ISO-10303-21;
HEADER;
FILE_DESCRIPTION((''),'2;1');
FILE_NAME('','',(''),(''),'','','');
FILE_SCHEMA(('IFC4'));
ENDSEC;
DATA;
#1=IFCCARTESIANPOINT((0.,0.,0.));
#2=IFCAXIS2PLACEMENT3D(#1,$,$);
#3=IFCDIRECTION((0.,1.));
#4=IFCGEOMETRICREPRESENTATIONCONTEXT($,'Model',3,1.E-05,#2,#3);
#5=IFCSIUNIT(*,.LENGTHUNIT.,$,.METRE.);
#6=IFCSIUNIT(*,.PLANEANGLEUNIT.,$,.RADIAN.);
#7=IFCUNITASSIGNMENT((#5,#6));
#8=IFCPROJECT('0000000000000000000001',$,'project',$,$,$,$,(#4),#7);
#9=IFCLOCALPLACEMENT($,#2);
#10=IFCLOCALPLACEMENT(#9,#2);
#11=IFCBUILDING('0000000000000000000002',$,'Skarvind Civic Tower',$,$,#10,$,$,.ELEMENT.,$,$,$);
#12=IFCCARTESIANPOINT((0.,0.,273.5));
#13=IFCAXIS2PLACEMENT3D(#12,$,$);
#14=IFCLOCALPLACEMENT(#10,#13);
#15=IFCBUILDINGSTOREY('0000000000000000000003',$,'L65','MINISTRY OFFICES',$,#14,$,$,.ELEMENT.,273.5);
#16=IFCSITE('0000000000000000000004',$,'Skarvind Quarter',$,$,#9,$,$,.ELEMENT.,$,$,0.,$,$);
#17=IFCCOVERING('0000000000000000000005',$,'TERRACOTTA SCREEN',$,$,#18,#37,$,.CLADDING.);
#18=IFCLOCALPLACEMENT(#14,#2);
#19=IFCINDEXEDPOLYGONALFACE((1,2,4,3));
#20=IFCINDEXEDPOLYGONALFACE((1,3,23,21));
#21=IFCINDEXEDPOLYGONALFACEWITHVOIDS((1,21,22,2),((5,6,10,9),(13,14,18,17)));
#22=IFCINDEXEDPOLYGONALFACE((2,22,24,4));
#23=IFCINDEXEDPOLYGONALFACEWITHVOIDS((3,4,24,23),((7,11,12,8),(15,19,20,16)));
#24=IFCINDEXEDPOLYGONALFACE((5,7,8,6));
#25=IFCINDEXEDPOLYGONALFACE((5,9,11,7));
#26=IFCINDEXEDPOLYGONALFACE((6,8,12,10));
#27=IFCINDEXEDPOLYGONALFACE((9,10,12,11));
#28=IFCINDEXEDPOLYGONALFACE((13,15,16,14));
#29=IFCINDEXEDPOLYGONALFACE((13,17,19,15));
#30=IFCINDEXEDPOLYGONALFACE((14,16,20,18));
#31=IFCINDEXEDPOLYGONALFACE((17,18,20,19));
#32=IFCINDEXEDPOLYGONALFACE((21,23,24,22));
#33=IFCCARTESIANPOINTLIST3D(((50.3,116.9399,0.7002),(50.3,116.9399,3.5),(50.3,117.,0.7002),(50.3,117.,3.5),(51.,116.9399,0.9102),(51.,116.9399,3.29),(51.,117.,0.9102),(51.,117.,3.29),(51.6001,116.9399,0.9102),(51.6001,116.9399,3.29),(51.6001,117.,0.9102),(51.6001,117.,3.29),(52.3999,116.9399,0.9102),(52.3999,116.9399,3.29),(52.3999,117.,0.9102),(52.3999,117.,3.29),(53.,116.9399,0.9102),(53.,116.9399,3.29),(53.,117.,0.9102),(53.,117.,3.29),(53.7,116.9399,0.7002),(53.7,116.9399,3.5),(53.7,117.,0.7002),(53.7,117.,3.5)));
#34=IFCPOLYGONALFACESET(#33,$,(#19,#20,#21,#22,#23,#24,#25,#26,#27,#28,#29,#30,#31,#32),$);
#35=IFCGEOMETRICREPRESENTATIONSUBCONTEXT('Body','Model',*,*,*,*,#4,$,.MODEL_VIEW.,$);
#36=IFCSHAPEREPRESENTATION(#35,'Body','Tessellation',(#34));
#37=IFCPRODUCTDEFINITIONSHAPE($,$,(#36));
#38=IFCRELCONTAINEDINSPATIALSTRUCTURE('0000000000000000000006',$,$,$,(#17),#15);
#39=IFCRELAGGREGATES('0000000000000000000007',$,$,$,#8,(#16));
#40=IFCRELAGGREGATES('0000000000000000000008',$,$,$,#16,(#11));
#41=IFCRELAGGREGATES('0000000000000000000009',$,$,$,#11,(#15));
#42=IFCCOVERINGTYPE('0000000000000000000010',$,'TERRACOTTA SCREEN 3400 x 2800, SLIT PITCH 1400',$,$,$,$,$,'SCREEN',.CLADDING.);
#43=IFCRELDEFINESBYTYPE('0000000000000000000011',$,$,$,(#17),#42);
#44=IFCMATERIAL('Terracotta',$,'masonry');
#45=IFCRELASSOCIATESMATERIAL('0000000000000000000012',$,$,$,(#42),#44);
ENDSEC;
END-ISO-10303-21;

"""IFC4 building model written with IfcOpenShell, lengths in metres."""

from ifc_helpers import new_model, si_unit, direction, frame, origin, place, context, subcontext, project, spatial, polyline, outline, extrude, material, material_profile, profile_set, type_object, element, save


model = new_model("IFC4")

# Units and contexts
model_context = context("Model", 3, precision=1e-05, world=origin(), true_north=direction((0.0, 1.0)))
body_context = subcontext(model_context, "Body", "Model", "MODEL_VIEW")
ifc_project = project(units=[si_unit("LENGTHUNIT", "METRE"), si_unit("PLANEANGLEUNIT", "RADIAN")], contexts=[model_context])

# Site, building, storey
site_placement = place(None, origin())
site = spatial("IfcSite", under=ifc_project, at=site_placement, Name="Skarvind Quarter", CompositionType="ELEMENT", RefElevation=0.0)
building_placement = place(site_placement, origin())
building = spatial("IfcBuilding", under=site, at=building_placement, Name="Skarvind Civic Tower", CompositionType="ELEMENT")
storey_placement = place(building_placement, frame((0.0, 0.0, 273.5)))
storey = spatial("IfcBuildingStorey", under=building, at=storey_placement, Name="L65", Description="MINISTRY OFFICES", CompositionType="ELEMENT", Elevation=273.5)

# Covering
ifc_material_1 = material(Name="Terracotta", Category="masonry")
ifc_material_profile_1 = material_profile(ifc_material_1, outline(polyline([(-1.7, -1.3999), (1.7, -1.3999), (1.7, 1.3999), (-1.7, 1.3999), (-1.7, -1.3999)]), holes=[polyline([(-1.0, -1.1899), (-0.3999, -1.1899), (-0.3999, 1.1899), (-1.0, 1.1899), (-1.0, -1.1899)]), polyline([(0.3999, -1.1899), (1.0, -1.1899), (1.0, 1.1899), (0.3999, 1.1899), (0.3999, -1.1899)])]), Name="TERRACOTTA SCREEN 3400 x 2800, SLIT PITCH 1400")
ifc_profile_set_1 = profile_set([ifc_material_profile_1], Name="Terracotta")
covering_type = type_object("IfcCoveringType", Name="TERRACOTTA SCREEN 3400 x 2800, SLIT PITCH 1400", ElementType="SCREEN", PredefinedType="CLADDING", material=ifc_profile_set_1)
covering_placement = place(storey_placement, frame((52.0, 117.0, 2.1001), z_axis=(0.0, -1.0, 0.0), x_axis=(1.0, 0.0, 0.0)))
element("IfcCovering", 1, at=covering_placement, inside=storey, type_object=covering_type, Name="TERRACOTTA SCREEN", PredefinedType="CLADDING", context=body_context, shape_type="SweptSolid", body=[
    extrude(outline(polyline([(-1.7, -1.3999), (1.7, -1.3999), (1.7, 1.3999), (-1.7, 1.3999), (-1.7, -1.3999)]), holes=[polyline([(-1.0, -1.1899), (-0.3999, -1.1899), (-0.3999, 1.1899), (-1.0, 1.1899), (-1.0, -1.1899)]), polyline([(0.3999, -1.1899), (1.0, -1.1899), (1.0, 1.1899), (0.3999, 1.1899), (0.3999, -1.1899)])]), origin(), (0.0, 0.0, 1.0), 0.0601),
])

save(model, "model.ifc")
